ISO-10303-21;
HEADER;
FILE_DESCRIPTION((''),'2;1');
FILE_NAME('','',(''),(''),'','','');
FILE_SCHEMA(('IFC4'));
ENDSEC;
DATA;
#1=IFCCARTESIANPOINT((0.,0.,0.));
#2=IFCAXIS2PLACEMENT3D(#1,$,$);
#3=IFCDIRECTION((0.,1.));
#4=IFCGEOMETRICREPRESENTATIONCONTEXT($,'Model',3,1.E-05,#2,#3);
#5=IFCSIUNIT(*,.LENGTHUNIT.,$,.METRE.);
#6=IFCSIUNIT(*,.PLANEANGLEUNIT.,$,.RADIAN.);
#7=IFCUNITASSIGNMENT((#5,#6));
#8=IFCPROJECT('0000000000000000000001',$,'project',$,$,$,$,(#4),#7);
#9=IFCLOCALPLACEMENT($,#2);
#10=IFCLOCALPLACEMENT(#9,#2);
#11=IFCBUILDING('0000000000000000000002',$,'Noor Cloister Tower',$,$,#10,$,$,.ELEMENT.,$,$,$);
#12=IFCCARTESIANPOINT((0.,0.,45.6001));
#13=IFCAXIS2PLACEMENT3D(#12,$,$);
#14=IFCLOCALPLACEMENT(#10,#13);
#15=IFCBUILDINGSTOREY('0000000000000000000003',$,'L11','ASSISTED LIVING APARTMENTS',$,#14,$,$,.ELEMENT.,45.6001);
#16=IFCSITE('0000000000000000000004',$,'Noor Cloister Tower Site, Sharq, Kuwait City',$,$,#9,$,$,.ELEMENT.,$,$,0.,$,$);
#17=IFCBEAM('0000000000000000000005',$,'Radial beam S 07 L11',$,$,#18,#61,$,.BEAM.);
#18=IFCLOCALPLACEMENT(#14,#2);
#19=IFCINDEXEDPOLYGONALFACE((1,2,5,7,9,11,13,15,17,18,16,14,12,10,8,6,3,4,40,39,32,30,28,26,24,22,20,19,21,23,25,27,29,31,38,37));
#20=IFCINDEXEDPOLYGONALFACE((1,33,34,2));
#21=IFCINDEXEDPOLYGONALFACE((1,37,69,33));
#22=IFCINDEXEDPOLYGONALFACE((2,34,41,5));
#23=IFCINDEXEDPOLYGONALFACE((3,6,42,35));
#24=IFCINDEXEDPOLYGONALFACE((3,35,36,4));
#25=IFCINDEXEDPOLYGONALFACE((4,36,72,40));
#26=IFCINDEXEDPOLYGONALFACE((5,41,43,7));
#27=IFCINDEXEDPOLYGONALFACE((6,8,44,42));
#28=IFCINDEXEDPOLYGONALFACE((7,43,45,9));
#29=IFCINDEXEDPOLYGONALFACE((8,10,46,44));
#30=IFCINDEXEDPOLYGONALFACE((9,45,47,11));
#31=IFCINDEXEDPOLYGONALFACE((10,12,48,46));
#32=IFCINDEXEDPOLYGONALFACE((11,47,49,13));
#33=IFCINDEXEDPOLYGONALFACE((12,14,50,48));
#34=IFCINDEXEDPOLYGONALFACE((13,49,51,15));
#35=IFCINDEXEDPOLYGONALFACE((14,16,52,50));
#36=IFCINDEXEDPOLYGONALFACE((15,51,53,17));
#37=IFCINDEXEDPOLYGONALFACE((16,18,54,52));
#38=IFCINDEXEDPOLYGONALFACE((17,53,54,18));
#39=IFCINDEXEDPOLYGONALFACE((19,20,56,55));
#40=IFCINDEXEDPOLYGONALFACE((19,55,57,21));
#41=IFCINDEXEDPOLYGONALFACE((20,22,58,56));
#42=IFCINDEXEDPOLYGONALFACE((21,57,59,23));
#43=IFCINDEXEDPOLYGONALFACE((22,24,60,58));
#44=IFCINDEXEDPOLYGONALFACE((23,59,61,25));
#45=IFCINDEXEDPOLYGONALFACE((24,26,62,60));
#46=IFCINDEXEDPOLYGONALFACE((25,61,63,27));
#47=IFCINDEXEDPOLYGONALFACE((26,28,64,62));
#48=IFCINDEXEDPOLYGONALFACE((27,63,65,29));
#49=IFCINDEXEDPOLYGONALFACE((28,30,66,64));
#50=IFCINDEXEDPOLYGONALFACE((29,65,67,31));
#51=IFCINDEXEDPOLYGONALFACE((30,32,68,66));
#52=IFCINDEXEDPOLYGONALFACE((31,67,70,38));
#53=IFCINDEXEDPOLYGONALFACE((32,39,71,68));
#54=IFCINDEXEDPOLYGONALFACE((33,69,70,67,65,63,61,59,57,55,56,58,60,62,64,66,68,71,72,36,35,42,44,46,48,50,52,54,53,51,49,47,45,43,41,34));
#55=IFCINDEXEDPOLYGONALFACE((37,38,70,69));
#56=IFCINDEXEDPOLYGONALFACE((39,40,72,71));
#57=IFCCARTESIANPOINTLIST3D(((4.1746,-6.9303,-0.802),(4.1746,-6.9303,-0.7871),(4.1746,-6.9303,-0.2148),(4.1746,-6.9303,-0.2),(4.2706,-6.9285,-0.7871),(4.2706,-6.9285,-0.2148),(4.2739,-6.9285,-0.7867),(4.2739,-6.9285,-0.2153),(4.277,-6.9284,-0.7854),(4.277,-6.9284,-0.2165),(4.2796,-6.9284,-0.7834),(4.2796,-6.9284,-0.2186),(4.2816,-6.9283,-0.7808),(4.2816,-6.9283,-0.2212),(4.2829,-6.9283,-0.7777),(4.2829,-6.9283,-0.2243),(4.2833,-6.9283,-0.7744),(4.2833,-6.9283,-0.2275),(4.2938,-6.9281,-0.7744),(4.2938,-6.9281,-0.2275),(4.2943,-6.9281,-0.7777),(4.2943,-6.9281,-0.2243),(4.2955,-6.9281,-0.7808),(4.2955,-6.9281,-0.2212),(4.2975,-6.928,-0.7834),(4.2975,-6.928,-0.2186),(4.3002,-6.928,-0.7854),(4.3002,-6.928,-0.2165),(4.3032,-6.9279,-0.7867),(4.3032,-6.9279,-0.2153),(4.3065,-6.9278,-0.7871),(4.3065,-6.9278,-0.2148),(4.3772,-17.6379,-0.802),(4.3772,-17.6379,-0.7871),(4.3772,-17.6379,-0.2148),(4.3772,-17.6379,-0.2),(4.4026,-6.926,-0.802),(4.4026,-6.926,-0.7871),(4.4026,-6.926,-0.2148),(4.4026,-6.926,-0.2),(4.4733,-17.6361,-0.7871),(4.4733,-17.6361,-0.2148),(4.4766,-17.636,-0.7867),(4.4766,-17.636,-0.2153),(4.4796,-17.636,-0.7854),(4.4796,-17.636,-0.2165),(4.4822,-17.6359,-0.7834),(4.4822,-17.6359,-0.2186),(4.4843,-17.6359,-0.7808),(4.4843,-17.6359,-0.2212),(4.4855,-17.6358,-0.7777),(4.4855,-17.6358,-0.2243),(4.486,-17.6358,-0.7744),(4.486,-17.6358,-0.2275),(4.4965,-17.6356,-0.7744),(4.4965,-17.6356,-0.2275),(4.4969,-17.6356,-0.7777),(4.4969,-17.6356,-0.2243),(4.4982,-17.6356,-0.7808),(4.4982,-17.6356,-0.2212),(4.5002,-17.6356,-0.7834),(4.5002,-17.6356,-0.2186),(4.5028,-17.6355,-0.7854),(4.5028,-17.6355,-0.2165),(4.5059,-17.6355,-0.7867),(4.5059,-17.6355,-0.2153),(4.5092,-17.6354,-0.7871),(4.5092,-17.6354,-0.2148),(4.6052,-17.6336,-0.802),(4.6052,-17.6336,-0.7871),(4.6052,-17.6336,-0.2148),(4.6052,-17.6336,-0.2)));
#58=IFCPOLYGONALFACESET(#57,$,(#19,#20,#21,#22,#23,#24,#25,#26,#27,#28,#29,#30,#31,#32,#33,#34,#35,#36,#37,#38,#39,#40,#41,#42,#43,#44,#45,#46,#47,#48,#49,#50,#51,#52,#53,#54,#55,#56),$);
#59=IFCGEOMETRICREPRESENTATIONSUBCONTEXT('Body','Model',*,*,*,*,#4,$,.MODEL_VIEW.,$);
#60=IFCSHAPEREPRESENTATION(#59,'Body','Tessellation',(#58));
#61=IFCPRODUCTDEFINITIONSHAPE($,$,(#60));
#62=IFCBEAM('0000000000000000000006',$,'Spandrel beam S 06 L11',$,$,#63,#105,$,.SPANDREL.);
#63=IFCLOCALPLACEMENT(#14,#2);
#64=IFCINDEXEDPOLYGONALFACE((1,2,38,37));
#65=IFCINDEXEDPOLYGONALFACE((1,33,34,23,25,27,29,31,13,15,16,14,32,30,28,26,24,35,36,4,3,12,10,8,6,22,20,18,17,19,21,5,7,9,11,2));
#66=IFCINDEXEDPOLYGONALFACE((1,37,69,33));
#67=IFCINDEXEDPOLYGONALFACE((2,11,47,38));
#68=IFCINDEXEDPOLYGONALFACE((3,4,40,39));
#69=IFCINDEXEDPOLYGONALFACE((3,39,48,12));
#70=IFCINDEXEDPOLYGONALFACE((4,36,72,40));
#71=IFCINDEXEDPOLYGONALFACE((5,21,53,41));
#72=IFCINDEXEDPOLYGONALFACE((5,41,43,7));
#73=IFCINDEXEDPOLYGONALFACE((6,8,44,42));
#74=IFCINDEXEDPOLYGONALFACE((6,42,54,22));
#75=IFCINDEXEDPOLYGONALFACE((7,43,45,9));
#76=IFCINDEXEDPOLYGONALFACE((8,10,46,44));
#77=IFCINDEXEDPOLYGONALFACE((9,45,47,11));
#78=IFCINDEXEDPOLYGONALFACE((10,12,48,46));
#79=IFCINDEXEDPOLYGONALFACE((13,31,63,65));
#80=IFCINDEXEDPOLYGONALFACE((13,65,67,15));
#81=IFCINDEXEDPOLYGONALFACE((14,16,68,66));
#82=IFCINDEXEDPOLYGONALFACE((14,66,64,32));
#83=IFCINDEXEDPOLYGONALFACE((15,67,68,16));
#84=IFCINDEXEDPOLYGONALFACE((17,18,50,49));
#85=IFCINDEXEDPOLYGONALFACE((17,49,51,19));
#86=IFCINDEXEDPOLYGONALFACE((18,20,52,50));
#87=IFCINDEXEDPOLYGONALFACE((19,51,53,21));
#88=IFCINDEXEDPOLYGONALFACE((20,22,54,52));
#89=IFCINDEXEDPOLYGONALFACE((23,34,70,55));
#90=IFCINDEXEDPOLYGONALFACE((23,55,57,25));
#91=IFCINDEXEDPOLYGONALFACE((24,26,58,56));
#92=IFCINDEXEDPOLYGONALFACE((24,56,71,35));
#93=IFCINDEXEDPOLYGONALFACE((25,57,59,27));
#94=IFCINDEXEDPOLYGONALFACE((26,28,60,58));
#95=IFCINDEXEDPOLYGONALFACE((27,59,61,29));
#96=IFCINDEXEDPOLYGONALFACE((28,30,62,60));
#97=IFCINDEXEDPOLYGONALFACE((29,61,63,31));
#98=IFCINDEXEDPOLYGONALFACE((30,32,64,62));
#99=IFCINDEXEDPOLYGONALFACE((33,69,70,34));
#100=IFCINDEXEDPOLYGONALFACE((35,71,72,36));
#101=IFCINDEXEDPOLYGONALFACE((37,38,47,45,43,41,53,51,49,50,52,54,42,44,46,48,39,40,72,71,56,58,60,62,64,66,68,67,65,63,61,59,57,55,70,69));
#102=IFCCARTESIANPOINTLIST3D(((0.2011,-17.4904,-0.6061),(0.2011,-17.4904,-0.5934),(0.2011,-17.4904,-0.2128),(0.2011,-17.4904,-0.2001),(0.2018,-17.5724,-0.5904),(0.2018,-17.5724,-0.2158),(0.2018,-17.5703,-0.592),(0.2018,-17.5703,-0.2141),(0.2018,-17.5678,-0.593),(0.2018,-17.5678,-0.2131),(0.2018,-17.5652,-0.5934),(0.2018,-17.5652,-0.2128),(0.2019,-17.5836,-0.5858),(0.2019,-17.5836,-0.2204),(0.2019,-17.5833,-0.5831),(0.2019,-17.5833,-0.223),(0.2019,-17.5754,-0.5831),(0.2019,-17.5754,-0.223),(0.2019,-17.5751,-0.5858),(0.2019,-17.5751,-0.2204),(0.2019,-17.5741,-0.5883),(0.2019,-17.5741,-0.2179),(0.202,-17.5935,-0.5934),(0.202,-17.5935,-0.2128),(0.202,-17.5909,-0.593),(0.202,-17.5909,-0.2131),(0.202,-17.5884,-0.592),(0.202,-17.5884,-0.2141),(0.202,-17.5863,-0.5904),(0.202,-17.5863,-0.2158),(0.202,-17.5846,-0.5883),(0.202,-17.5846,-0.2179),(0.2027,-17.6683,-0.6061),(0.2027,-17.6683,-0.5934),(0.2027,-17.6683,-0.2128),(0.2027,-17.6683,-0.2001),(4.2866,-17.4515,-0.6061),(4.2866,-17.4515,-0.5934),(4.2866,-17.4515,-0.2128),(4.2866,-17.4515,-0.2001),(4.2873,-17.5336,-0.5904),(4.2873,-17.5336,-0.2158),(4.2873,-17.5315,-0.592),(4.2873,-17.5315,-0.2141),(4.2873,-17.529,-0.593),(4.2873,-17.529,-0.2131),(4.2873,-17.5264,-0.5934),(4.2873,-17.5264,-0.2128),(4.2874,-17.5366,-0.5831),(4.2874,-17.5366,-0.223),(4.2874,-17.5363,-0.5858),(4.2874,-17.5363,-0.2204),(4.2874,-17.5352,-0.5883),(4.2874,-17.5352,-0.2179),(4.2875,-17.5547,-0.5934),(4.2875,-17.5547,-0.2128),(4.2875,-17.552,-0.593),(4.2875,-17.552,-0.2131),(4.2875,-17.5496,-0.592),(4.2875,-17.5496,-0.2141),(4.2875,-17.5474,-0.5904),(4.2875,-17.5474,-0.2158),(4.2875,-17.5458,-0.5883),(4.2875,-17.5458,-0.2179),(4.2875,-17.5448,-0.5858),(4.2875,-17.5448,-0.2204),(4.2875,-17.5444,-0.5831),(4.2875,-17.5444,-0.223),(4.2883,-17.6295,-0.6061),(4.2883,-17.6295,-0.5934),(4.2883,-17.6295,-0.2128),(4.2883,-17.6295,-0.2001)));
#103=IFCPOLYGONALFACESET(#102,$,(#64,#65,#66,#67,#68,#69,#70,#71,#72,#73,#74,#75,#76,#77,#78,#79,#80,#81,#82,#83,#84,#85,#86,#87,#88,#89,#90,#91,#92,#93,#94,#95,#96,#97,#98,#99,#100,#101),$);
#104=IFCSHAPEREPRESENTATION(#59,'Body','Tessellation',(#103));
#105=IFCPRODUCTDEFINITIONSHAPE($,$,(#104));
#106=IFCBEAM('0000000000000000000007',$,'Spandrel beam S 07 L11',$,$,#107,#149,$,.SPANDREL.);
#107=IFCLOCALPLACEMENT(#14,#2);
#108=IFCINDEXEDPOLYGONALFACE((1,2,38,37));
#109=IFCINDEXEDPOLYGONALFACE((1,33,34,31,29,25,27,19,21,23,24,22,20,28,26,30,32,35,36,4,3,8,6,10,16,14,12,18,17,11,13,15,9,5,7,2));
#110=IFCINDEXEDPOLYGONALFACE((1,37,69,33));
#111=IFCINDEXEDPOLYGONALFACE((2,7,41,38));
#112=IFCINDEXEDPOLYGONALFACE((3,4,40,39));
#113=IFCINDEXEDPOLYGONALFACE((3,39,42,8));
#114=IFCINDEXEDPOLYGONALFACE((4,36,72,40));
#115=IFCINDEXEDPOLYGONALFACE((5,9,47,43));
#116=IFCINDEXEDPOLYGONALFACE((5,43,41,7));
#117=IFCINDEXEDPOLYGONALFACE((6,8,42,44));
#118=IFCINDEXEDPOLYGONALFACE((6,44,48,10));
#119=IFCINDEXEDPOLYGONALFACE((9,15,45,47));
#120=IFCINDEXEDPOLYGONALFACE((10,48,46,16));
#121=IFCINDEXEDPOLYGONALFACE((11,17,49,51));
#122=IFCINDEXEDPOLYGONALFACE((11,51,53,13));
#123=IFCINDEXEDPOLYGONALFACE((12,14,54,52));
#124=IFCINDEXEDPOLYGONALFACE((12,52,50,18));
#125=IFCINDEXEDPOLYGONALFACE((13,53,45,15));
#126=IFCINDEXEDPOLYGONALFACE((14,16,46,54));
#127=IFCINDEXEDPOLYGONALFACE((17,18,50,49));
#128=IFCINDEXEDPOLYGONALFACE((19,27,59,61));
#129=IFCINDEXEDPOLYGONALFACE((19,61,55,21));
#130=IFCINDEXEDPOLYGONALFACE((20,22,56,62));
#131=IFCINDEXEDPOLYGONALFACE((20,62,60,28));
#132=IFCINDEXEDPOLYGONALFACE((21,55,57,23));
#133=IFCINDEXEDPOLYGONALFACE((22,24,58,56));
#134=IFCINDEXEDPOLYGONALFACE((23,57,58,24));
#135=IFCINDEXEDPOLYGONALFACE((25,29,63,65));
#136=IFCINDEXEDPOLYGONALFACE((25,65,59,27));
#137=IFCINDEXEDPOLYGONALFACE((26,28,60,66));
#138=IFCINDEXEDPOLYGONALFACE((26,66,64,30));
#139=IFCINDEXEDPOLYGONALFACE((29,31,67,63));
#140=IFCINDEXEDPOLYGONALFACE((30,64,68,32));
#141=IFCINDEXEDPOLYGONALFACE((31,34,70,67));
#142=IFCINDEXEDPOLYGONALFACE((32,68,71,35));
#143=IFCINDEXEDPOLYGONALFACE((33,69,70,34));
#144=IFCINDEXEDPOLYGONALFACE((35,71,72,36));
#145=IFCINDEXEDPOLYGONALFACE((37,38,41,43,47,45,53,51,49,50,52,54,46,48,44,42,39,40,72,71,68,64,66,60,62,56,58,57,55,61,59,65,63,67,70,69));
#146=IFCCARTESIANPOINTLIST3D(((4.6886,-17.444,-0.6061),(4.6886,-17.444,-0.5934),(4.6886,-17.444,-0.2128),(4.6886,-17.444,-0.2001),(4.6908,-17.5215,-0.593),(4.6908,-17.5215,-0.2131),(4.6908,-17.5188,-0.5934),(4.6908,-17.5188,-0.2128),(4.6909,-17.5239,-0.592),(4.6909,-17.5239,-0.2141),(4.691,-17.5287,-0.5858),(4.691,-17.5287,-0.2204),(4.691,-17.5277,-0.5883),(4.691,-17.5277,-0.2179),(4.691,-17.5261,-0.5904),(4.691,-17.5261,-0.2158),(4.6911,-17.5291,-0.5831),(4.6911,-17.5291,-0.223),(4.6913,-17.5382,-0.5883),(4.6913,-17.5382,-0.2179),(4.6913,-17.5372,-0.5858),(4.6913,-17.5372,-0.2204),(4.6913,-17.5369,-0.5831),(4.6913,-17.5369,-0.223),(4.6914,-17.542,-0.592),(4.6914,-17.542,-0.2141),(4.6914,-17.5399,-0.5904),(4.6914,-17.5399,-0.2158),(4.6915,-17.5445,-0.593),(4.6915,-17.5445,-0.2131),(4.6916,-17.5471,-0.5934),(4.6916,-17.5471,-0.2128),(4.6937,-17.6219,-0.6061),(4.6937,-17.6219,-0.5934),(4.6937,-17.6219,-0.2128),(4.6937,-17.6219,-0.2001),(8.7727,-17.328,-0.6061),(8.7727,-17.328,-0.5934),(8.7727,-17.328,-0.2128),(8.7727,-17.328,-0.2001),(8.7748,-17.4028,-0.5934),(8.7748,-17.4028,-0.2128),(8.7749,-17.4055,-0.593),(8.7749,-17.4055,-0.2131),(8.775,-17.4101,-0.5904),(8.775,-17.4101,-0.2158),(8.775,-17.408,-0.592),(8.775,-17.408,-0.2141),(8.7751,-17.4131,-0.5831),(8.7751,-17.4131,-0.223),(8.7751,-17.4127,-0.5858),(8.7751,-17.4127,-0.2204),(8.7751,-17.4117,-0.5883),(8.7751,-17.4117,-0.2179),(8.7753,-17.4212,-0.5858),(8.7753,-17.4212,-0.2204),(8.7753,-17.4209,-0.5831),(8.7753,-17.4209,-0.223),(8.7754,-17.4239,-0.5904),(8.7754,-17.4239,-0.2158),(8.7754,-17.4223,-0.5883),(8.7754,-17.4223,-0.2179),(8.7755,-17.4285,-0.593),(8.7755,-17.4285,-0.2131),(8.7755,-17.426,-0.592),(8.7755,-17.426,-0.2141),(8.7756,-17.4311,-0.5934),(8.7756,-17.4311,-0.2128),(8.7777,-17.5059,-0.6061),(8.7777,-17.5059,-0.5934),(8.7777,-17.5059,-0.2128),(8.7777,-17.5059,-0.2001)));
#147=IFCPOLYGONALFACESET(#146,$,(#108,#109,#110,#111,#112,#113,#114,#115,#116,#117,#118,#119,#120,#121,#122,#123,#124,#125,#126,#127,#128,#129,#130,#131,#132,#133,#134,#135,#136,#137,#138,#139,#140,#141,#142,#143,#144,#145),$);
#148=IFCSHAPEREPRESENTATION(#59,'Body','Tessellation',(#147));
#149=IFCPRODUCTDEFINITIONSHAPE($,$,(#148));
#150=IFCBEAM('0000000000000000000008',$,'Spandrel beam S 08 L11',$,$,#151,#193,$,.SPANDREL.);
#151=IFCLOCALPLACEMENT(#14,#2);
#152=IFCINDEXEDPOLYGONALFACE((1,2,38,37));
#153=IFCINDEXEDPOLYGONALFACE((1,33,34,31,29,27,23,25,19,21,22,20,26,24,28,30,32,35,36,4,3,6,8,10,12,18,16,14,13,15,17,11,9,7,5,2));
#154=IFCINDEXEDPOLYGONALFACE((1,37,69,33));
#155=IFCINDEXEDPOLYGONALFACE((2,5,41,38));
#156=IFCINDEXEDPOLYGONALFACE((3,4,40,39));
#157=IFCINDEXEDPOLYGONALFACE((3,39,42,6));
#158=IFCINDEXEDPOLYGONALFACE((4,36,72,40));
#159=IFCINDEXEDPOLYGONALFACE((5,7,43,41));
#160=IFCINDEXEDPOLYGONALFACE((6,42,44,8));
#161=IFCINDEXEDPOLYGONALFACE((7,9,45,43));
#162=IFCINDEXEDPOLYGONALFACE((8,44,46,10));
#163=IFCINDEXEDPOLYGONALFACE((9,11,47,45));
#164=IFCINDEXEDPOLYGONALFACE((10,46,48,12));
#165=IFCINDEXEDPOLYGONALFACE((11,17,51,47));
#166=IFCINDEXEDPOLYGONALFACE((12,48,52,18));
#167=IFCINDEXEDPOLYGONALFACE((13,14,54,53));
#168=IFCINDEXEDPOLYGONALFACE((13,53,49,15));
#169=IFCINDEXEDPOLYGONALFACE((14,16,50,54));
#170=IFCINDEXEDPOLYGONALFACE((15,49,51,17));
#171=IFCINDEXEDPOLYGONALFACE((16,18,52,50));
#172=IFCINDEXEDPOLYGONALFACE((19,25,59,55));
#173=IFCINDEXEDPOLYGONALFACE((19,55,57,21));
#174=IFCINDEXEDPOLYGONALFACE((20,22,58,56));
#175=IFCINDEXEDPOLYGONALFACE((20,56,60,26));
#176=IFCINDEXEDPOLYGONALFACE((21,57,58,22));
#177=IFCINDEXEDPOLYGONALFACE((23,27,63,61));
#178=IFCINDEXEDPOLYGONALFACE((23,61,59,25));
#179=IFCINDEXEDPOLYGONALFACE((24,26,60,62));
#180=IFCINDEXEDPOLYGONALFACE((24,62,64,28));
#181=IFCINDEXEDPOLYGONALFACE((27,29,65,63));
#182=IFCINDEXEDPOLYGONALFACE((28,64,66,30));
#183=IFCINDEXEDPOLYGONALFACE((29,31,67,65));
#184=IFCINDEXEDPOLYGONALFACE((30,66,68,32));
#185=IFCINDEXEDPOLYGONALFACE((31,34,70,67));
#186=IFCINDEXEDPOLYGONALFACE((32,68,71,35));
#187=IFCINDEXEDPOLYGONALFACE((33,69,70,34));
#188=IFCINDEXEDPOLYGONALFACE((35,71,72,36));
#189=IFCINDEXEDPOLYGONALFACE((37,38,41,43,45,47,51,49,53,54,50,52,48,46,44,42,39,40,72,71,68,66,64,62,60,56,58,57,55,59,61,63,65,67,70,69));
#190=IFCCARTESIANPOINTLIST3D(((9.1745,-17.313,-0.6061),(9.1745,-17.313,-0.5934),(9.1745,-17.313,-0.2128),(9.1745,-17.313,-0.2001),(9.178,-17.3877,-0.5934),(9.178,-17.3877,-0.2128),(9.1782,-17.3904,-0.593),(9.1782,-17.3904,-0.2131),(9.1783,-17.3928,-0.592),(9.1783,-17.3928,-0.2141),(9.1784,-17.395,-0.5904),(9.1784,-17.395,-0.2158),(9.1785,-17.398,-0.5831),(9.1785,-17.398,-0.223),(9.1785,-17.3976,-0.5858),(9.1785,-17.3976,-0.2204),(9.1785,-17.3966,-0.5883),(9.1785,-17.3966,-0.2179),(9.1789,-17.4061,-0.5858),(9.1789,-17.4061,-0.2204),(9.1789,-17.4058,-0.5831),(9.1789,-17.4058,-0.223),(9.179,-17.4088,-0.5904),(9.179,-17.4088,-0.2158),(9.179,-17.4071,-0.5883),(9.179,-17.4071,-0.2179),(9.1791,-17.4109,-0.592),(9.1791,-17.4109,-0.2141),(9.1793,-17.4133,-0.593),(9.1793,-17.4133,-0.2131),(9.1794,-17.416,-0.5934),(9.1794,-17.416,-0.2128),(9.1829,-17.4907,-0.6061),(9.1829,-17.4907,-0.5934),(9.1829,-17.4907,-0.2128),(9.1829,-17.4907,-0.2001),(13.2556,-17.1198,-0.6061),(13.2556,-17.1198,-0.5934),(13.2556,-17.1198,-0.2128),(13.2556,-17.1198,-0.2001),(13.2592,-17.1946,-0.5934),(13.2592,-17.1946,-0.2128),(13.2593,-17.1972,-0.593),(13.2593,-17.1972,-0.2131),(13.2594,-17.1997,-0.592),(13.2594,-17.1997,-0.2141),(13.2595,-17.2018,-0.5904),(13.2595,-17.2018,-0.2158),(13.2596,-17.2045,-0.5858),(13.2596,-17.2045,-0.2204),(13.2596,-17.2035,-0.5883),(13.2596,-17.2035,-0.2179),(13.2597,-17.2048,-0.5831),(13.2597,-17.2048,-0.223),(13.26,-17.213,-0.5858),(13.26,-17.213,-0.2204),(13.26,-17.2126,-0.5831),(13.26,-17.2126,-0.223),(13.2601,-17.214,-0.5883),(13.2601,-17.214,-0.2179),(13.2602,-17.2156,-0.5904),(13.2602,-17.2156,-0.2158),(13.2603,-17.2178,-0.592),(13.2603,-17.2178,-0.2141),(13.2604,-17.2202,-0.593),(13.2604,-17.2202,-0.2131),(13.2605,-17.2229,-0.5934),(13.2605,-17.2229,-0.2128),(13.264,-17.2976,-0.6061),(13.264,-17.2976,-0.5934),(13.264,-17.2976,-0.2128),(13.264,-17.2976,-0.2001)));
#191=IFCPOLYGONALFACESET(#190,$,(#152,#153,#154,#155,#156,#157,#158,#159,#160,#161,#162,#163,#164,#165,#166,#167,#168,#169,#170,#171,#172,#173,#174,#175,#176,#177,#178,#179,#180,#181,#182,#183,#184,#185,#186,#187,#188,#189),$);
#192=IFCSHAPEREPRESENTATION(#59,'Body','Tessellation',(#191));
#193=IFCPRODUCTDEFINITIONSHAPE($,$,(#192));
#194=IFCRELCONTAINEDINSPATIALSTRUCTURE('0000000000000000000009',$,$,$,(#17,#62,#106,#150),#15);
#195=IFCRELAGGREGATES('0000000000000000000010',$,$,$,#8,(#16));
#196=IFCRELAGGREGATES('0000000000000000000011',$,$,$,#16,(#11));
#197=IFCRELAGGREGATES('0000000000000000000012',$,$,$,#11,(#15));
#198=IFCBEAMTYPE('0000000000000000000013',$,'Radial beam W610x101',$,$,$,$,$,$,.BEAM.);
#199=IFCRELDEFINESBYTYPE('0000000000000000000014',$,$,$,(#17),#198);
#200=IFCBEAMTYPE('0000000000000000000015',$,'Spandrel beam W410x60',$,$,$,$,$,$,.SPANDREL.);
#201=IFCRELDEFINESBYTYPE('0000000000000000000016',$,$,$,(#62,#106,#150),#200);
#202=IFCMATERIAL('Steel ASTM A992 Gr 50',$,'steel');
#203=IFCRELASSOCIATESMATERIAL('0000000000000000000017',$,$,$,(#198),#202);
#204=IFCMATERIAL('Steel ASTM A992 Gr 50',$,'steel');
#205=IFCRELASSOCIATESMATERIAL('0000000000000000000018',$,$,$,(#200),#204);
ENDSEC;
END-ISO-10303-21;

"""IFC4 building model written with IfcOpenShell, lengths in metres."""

from ifc_helpers import new_model, si_unit, direction, frame, origin, origin_2d, place, context, subcontext, project, spatial, i_section, extrude, material, material_profile, profile_set, type_object, element, save


model = new_model("IFC4")

# Units and contexts
model_context = context("Model", 3, precision=1e-05, world=origin(), true_north=direction((0.0, 1.0)))
body_context = subcontext(model_context, "Body", "Model", "MODEL_VIEW")
ifc_project = project(units=[si_unit("LENGTHUNIT", "METRE"), si_unit("PLANEANGLEUNIT", "RADIAN")], contexts=[model_context])

# Site, building, storey
site_placement = place(None, origin())
site = spatial("IfcSite", under=ifc_project, at=site_placement, Name="Noor Cloister Tower Site, Sharq, Kuwait City", CompositionType="ELEMENT", RefElevation=0.0)
building_placement = place(site_placement, origin())
building = spatial("IfcBuilding", under=site, at=building_placement, Name="Noor Cloister Tower", CompositionType="ELEMENT")
storey_placement = place(building_placement, frame((0.0, 0.0, 45.6001)))
storey = spatial("IfcBuildingStorey", under=building, at=storey_placement, Name="L11", Description="ASSISTED LIVING APARTMENTS", CompositionType="ELEMENT", Elevation=45.6001)

# Beams
ifc_material_1 = material(Name="Steel ASTM A992 Gr 50", Category="steel")
ifc_material_profile_1 = material_profile(ifc_material_1, i_section(OverallWidth=0.228, OverallDepth=0.6021, WebThickness=0.0105, FlangeThickness=0.0149, FilletRadius=0.0127, at=origin_2d()), Name="W610x101")
ifc_profile_set_1 = profile_set([ifc_material_profile_1], Name="Steel ASTM A992 Gr 50")
beam_type_1 = type_object("IfcBeamType", Name="Radial beam W610x101", PredefinedType="BEAM", material=ifc_profile_set_1)
beam_1_placement = place(storey_placement, frame((4.4912, -17.6357, -0.501), z_axis=(-0.018921, 0.999821, 0.0), x_axis=(-0.999821, -0.018921, 0.0)))
element("IfcBeam", 1, at=beam_1_placement, inside=storey, type_object=beam_type_1, Name="Radial beam S 07 L11", PredefinedType="BEAM", context=body_context, shape_type="SweptSolid", body=[
    extrude(i_section(OverallWidth=0.228, OverallDepth=0.6021, WebThickness=0.0105, FlangeThickness=0.0149, FilletRadius=0.0127, at=origin_2d()), origin(), (0.0, 0.0, 1.0), 10.7095),
])
ifc_material_2 = material(Name="Steel ASTM A992 Gr 50", Category="steel")
ifc_material_profile_2 = material_profile(ifc_material_2, i_section(OverallWidth=0.178, OverallDepth=0.406, WebThickness=0.0078, FlangeThickness=0.0127, FilletRadius=0.0103, at=origin_2d()), Name="W410x60")
ifc_profile_set_2 = profile_set([ifc_material_profile_2], Name="Steel ASTM A992 Gr 50")
beam_type_2 = type_object("IfcBeamType", Name="Spandrel beam W410x60", PredefinedType="SPANDREL", material=ifc_profile_set_2)
for number, where, z_axis, x_axis, name in (
    (2, (0.2019, -17.5793, -0.4031), (0.999955, 0.009501, 0.0), (-0.009501, 0.999955, 0.0), "Spandrel beam S 06 L11"),
    (3, (4.6912, -17.533, -0.4031), (0.999597, 0.028384, 0.0), (-0.028384, 0.999597, 0.0), "Spandrel beam S 07 L11"),
    (4, (9.1787, -17.4019, -0.4031), (0.998882, 0.047267, 0.0), (-0.047267, 0.998882, 0.0), "Spandrel beam S 08 L11"),
):
    element("IfcBeam", number, at=place(storey_placement, frame(where, z_axis=z_axis, x_axis=x_axis)), inside=storey, type_object=beam_type_2, Name=name, PredefinedType="SPANDREL", context=body_context, shape_type="SweptSolid", body=[
        extrude(i_section(OverallWidth=0.178, OverallDepth=0.406, WebThickness=0.0078, FlangeThickness=0.0127, FilletRadius=0.0103, at=origin_2d()), origin(), (0.0, 0.0, 1.0), 4.0857),
    ])

save(model, "model.ifc")
